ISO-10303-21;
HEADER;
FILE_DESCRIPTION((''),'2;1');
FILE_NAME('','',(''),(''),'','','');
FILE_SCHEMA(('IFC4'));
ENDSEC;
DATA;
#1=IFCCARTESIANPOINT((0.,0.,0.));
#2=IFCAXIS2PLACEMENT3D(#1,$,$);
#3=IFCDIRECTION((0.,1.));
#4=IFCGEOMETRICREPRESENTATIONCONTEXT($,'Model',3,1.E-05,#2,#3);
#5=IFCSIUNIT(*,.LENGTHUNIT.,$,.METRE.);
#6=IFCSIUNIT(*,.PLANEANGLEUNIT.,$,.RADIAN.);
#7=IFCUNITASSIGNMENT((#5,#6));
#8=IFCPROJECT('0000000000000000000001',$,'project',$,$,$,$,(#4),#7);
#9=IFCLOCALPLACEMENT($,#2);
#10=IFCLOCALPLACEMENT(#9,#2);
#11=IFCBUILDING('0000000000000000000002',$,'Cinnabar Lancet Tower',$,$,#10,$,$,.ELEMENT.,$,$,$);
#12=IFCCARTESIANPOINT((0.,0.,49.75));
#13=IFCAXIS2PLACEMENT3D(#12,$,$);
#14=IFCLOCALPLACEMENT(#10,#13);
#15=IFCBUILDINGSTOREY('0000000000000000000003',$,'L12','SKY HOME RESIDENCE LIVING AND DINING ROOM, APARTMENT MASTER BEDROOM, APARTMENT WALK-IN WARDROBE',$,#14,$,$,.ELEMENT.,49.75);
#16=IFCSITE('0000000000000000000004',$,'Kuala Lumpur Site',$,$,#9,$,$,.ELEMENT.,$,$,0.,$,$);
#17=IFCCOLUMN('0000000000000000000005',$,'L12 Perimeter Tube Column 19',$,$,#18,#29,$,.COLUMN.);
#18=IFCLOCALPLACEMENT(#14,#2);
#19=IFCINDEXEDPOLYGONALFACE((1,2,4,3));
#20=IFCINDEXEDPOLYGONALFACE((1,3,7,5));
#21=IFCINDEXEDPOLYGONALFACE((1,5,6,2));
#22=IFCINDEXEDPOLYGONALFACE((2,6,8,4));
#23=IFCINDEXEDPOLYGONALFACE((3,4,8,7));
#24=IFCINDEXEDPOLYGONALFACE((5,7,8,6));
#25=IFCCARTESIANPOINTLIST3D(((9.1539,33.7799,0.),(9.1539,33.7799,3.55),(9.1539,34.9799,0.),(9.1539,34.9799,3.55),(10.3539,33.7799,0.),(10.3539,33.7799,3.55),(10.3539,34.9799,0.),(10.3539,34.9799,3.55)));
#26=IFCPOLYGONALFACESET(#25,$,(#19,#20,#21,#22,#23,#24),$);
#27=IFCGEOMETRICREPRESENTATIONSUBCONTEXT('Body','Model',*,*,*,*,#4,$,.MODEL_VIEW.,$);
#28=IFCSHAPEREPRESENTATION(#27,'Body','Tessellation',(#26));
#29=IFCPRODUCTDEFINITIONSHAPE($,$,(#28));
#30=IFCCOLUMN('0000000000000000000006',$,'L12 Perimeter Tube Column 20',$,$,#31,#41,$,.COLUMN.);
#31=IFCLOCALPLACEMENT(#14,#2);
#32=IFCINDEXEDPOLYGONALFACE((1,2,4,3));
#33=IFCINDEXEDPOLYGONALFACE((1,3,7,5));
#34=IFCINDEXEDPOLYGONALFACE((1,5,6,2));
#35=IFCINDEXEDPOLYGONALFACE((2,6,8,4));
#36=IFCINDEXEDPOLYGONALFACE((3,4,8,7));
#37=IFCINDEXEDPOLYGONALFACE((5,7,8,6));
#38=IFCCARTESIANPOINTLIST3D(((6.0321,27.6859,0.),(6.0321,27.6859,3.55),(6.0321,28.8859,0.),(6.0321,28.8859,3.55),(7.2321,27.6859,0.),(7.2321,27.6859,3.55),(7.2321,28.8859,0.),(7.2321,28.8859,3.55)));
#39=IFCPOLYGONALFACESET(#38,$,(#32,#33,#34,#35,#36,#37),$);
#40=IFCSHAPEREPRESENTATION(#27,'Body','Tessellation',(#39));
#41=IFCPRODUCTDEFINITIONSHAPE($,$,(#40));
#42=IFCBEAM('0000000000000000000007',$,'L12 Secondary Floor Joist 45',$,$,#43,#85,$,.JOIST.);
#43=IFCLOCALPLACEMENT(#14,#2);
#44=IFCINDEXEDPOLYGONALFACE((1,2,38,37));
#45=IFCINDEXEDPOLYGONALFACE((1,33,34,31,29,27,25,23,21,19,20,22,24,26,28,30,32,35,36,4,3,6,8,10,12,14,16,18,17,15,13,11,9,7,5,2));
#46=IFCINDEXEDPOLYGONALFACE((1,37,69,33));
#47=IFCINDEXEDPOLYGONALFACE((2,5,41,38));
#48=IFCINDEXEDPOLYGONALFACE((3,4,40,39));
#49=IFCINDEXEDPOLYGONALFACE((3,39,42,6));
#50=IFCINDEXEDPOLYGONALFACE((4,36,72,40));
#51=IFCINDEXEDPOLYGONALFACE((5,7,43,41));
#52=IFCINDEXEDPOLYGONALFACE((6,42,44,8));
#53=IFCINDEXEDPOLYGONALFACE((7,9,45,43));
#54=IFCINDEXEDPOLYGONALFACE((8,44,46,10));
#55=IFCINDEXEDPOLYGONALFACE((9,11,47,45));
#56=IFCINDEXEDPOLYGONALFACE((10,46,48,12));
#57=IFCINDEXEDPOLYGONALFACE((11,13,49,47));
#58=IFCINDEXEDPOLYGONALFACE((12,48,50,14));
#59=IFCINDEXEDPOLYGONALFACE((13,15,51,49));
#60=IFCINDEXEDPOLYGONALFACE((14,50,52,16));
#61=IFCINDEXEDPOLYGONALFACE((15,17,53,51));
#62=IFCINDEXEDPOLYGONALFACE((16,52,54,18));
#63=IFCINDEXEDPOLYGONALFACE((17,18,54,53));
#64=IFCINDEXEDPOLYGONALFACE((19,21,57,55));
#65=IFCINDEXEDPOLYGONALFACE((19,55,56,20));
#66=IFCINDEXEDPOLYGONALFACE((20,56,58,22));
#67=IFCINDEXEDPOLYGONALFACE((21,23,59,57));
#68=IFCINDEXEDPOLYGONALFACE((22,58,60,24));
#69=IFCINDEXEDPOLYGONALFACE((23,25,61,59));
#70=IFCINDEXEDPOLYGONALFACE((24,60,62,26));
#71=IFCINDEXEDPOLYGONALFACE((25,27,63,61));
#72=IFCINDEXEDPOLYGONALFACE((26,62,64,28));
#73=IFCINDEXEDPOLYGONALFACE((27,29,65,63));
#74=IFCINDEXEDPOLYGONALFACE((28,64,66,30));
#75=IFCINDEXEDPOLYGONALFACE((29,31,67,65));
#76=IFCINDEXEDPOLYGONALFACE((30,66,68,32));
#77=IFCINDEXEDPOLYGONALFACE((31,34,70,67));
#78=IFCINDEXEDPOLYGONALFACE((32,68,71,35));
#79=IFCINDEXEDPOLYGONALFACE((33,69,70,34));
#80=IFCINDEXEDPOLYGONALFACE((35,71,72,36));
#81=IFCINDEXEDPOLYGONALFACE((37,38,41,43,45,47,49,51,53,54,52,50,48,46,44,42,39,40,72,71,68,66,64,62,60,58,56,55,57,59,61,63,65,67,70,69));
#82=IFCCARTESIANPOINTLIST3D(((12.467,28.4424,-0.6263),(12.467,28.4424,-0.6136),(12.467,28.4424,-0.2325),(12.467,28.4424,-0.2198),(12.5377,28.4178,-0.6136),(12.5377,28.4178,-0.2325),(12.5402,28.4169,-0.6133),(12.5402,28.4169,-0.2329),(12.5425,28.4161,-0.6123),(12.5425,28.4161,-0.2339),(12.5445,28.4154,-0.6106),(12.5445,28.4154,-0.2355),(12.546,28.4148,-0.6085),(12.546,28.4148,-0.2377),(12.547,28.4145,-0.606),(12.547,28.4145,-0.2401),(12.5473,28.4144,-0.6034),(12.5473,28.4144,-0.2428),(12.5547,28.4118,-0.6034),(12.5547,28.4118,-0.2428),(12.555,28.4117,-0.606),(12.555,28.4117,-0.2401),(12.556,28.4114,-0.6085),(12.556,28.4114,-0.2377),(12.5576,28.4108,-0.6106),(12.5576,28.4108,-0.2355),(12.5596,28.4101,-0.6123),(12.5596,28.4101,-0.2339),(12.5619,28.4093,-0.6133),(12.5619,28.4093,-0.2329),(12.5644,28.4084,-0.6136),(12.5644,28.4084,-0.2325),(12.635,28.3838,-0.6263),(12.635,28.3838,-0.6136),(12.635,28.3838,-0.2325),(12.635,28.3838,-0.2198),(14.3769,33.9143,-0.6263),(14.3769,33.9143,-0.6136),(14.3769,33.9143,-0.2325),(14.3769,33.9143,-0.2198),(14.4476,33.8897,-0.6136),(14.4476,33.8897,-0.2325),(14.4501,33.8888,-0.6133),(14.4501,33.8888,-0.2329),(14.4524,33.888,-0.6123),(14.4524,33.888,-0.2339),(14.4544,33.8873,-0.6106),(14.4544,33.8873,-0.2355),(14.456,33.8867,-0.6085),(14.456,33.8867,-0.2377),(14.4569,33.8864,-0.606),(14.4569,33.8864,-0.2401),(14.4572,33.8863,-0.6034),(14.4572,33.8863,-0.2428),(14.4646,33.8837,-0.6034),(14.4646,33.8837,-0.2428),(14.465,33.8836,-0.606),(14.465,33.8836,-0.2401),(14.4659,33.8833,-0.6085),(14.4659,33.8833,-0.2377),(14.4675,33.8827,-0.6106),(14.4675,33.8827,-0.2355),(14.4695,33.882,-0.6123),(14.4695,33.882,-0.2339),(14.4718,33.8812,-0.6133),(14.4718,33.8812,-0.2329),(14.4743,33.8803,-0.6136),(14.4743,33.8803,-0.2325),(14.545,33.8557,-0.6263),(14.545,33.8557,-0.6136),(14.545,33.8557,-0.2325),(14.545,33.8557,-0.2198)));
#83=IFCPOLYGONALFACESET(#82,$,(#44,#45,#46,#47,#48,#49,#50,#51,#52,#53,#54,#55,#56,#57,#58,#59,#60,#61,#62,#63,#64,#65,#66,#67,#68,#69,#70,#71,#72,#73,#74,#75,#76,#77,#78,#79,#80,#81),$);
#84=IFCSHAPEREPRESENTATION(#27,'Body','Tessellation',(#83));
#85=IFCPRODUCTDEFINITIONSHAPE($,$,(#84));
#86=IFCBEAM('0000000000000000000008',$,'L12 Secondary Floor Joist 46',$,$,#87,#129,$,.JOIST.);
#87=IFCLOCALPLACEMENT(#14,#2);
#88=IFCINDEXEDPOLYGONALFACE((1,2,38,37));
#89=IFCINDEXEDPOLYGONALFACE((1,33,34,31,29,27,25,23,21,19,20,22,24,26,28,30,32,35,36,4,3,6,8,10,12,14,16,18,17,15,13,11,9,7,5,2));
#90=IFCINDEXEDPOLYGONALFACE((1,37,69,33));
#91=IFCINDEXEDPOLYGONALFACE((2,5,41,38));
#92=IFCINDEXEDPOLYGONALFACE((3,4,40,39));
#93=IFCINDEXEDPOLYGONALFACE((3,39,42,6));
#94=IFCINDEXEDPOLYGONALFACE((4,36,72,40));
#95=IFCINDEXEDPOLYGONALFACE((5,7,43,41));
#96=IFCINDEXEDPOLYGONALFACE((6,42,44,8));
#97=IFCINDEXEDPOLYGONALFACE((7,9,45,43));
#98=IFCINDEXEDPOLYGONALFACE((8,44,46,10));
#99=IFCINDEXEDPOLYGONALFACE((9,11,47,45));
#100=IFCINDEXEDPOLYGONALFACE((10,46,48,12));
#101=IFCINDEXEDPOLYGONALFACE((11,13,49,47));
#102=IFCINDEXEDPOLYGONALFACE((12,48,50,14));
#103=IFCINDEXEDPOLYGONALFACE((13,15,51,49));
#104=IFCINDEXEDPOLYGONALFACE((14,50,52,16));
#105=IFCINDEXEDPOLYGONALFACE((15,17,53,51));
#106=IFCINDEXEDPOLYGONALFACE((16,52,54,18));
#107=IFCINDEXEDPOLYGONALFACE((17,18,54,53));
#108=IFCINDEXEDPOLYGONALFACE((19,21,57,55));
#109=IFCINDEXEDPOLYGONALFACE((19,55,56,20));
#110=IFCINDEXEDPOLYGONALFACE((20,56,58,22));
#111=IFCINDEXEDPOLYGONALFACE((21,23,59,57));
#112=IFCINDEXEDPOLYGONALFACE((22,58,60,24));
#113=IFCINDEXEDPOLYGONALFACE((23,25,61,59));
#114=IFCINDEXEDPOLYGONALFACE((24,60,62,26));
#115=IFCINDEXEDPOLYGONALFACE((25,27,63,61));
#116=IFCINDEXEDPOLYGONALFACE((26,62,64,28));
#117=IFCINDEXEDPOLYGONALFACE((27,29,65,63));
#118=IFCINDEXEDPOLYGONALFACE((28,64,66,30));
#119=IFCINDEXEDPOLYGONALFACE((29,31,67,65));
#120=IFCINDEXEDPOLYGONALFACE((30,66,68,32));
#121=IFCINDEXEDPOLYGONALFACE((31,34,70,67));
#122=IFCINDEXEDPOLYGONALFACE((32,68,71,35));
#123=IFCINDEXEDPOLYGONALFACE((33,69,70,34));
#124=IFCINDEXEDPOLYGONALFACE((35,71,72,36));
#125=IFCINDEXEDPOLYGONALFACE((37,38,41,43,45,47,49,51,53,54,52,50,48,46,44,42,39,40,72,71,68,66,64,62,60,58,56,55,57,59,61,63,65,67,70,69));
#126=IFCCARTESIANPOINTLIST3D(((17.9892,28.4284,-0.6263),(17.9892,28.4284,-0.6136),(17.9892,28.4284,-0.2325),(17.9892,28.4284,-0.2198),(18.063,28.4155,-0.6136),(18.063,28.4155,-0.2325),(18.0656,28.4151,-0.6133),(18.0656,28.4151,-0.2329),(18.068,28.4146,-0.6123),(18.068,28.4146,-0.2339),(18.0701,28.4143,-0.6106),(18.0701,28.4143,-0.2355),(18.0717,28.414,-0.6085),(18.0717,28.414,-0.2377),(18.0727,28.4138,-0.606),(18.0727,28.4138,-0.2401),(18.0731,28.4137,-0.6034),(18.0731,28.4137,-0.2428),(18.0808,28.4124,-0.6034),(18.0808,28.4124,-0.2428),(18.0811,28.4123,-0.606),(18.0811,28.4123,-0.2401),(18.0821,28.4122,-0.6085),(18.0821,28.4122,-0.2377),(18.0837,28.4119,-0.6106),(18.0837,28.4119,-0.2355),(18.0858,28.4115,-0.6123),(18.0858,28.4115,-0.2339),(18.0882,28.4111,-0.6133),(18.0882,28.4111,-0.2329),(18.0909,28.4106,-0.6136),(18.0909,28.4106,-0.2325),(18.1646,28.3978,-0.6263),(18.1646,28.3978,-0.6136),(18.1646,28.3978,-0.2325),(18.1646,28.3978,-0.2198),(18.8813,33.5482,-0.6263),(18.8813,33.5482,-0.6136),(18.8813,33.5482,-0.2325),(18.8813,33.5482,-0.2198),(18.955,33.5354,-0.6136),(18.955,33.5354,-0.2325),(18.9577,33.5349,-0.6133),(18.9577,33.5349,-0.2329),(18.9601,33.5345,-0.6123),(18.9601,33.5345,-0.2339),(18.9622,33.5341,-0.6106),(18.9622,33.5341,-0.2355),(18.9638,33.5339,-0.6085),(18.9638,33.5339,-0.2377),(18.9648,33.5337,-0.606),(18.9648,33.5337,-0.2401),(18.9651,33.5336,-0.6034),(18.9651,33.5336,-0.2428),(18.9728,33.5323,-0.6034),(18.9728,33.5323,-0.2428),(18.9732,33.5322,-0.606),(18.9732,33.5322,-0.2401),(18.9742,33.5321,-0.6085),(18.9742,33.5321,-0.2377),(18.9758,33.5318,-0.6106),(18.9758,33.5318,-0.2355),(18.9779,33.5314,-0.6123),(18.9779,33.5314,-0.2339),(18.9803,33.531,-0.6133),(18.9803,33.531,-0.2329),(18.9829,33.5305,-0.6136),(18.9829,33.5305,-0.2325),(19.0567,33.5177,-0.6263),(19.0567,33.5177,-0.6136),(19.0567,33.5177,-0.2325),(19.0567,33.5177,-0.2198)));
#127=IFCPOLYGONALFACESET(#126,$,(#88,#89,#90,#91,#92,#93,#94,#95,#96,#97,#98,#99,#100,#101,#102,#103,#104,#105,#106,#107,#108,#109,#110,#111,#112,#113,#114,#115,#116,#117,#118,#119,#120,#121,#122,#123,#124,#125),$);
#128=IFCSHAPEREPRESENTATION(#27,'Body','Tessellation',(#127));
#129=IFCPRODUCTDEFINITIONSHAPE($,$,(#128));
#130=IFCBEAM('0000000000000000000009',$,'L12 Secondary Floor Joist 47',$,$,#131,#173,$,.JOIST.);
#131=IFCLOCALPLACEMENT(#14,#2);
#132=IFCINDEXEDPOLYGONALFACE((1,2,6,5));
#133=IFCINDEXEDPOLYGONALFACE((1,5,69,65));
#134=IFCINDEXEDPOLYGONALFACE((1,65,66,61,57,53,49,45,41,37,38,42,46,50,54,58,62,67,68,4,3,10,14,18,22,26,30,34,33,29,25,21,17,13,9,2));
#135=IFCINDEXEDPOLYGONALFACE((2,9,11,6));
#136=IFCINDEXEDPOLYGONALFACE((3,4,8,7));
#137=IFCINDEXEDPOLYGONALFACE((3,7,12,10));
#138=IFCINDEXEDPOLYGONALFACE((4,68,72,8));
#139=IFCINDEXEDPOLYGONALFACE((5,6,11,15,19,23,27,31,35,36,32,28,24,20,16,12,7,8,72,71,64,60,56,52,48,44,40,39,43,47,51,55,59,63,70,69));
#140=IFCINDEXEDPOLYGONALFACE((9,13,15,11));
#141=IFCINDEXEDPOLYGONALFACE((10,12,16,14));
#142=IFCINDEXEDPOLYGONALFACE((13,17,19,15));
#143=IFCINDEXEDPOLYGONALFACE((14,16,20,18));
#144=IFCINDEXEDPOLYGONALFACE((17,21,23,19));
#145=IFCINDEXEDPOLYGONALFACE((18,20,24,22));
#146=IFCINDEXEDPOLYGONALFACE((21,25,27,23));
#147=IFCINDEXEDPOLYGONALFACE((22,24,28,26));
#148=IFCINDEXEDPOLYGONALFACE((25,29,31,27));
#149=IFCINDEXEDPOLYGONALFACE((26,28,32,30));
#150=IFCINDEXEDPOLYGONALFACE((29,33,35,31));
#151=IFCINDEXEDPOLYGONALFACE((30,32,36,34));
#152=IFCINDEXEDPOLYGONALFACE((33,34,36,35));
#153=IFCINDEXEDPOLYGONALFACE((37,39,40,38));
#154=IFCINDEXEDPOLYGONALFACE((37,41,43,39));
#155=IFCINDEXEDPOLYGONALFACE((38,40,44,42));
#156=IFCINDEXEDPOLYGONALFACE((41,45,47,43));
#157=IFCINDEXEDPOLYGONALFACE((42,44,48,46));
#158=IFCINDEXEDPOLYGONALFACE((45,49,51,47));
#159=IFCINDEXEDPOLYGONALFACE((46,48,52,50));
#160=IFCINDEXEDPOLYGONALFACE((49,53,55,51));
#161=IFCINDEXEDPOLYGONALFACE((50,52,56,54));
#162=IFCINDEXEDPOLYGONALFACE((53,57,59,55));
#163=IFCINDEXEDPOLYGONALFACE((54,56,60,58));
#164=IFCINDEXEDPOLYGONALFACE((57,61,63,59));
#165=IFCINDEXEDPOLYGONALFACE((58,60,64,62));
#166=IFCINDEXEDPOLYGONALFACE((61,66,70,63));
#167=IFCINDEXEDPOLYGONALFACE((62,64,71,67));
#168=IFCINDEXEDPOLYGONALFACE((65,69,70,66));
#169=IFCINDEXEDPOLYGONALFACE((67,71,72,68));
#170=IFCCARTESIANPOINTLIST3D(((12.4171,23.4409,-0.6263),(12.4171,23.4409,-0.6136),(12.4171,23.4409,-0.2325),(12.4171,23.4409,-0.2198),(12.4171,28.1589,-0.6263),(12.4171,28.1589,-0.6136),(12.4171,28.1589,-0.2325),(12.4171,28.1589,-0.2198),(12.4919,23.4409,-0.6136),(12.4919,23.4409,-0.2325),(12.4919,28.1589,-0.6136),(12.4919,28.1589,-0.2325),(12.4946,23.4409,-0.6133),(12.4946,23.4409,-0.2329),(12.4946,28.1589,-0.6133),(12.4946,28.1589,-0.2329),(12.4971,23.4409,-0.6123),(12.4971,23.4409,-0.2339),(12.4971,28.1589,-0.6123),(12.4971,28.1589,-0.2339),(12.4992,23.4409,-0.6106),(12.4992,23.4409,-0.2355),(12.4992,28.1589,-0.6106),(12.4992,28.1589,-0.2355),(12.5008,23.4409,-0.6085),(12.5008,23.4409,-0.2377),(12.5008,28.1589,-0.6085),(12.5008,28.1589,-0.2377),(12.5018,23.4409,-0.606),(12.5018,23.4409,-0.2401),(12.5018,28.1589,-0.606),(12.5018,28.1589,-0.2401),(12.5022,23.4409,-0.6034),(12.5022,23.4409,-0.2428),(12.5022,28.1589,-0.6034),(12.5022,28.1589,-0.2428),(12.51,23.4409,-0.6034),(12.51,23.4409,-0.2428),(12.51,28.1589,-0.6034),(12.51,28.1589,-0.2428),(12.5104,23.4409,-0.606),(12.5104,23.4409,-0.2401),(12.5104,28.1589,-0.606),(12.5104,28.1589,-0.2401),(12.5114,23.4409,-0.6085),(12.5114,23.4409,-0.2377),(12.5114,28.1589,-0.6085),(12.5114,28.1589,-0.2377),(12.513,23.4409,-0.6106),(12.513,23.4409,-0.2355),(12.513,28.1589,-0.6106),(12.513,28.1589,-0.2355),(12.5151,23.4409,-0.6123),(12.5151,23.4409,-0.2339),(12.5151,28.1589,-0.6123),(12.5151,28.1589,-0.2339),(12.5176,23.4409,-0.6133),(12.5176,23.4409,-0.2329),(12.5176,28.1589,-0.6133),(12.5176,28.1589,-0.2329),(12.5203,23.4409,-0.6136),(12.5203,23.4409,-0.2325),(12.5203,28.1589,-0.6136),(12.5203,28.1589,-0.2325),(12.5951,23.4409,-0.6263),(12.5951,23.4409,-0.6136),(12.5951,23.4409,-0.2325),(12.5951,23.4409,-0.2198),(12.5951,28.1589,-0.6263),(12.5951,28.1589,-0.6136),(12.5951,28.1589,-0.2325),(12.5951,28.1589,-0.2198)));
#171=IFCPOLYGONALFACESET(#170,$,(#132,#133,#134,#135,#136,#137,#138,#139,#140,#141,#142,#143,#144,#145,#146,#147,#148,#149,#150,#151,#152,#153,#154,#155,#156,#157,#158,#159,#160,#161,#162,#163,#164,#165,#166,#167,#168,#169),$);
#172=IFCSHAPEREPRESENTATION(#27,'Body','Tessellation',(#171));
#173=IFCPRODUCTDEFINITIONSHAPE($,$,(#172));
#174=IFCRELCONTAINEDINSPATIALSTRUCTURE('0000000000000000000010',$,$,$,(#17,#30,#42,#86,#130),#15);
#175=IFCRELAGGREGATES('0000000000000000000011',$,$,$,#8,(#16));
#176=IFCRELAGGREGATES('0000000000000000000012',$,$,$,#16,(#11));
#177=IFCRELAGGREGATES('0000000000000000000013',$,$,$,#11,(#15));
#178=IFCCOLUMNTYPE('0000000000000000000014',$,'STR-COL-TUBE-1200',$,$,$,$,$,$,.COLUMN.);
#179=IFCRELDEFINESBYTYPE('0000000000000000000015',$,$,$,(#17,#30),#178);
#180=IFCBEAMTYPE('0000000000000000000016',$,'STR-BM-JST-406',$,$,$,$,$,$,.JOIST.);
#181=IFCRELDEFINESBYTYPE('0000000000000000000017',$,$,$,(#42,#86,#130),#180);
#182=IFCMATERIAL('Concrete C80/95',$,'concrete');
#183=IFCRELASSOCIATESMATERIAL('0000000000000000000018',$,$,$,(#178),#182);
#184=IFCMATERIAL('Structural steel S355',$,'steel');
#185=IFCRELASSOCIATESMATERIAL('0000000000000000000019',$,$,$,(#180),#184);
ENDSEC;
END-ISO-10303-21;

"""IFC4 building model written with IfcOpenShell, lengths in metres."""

from ifc_helpers import new_model, si_unit, direction, frame, origin, origin_2d, place, context, subcontext, project, spatial, rectangle, i_section, extrude, material, material_profile, profile_set, type_object, element, save


model = new_model("IFC4")

# Units and contexts
model_context = context("Model", 3, precision=1e-05, world=origin(), true_north=direction((0.0, 1.0)))
body_context = subcontext(model_context, "Body", "Model", "MODEL_VIEW")
ifc_project = project(units=[si_unit("LENGTHUNIT", "METRE"), si_unit("PLANEANGLEUNIT", "RADIAN")], contexts=[model_context])

# Site, building, storey
site_placement = place(None, origin())
site = spatial("IfcSite", under=ifc_project, at=site_placement, Name="Kuala Lumpur Site", CompositionType="ELEMENT", RefElevation=0.0)
building_placement = place(site_placement, origin())
building = spatial("IfcBuilding", under=site, at=building_placement, Name="Cinnabar Lancet Tower", CompositionType="ELEMENT")
storey_placement = place(building_placement, frame((0.0, 0.0, 49.75)))
storey = spatial("IfcBuildingStorey", under=building, at=storey_placement, Name="L12", Description="SKY HOME RESIDENCE LIVING AND DINING ROOM, APARTMENT MASTER BEDROOM, APARTMENT WALK-IN WARDROBE", CompositionType="ELEMENT", Elevation=49.75)

# Columns
ifc_material_1 = material(Name="Concrete C80/95", Category="concrete")
ifc_material_profile_1 = material_profile(ifc_material_1, rectangle(XDim=1.2, YDim=1.2, at=origin_2d()), Name="RC-COL 1200x1200")
ifc_profile_set_1 = profile_set([ifc_material_profile_1], Name="Concrete C80/95")
column_type = type_object("IfcColumnType", Name="STR-COL-TUBE-1200", PredefinedType="COLUMN", material=ifc_profile_set_1)
for number, where, z_axis, x_axis, name in (
    (1, (9.7539, 34.3799, 0.0), (0.0, 0.0, 1.0), (1.0, 0.0, 0.0), "L12 Perimeter Tube Column 19"),
    (2, (6.6321, 28.2859, 0.0), (0.0, 0.0, 1.0), (1.0, 0.0, 0.0), "L12 Perimeter Tube Column 20"),
):
    element("IfcColumn", number, at=place(storey_placement, frame(where, z_axis=z_axis, x_axis=x_axis)), inside=storey, type_object=column_type, Name=name, PredefinedType="COLUMN", context=body_context, shape_type="SweptSolid", body=[
        extrude(rectangle(XDim=1.2, YDim=1.2, at=origin_2d()), origin(), (0.0, 0.0, 1.0), 3.55),
    ])

# Beams
ifc_material_2 = material(Name="Structural steel S355", Category="steel")
ifc_material_profile_2 = material_profile(ifc_material_2, i_section(OverallWidth=0.178, OverallDepth=0.4065, WebThickness=0.0078, FlangeThickness=0.0127, FilletRadius=0.0103, at=origin_2d()), Name="UKB 406x178x60")
ifc_profile_set_2 = profile_set([ifc_material_profile_2], Name="Structural steel S355")
beam_type_1 = type_object("IfcBeamType", Name="STR-BM-JST-406", PredefinedType="JOIST", material=ifc_profile_set_2)
beam_1_placement = place(storey_placement, frame((14.4609, 33.885, -0.4231), z_axis=(-0.329542, -0.944141, 0.0), x_axis=(0.944141, -0.329542, 0.0)))
element("IfcBeam", 3, at=beam_1_placement, inside=storey, type_object=beam_type_1, Name="L12 Secondary Floor Joist 45", PredefinedType="JOIST", context=body_context, shape_type="SweptSolid", body=[
    extrude(i_section(OverallWidth=0.178, OverallDepth=0.4065, WebThickness=0.0078, FlangeThickness=0.0127, FilletRadius=0.0103, at=origin_2d()), origin(), (0.0, 0.0, 1.0), 5.7957),
])
beam_2_placement = place(storey_placement, frame((18.969, 33.533, -0.4231), z_axis=(-0.171654, -0.985157, 0.0), x_axis=(0.985157, -0.171654, 0.0)))
element("IfcBeam", 4, at=beam_2_placement, inside=storey, type_object=beam_type_1, Name="L12 Secondary Floor Joist 46", PredefinedType="JOIST", context=body_context, shape_type="SweptSolid", body=[
    extrude(i_section(OverallWidth=0.178, OverallDepth=0.4065, WebThickness=0.0078, FlangeThickness=0.0127, FilletRadius=0.0103, at=origin_2d()), origin(), (0.0, 0.0, 1.0), 5.197),
])
for number, where, z_axis, x_axis, name in (
    (5, (12.5061, 28.1589, -0.4231), (0.0, -1.0, 0.0), (1.0, 0.0, 0.0), "L12 Secondary Floor Joist 47"),
):
    element("IfcBeam", number, at=place(storey_placement, frame(where, z_axis=z_axis, x_axis=x_axis)), inside=storey, type_object=beam_type_1, Name=name, PredefinedType="JOIST", context=body_context, shape_type="SweptSolid", body=[
        extrude(i_section(OverallWidth=0.178, OverallDepth=0.4065, WebThickness=0.0078, FlangeThickness=0.0127, FilletRadius=0.0103, at=origin_2d()), origin(), (0.0, 0.0, 1.0), 4.718),
    ])

save(model, "model.ifc")
